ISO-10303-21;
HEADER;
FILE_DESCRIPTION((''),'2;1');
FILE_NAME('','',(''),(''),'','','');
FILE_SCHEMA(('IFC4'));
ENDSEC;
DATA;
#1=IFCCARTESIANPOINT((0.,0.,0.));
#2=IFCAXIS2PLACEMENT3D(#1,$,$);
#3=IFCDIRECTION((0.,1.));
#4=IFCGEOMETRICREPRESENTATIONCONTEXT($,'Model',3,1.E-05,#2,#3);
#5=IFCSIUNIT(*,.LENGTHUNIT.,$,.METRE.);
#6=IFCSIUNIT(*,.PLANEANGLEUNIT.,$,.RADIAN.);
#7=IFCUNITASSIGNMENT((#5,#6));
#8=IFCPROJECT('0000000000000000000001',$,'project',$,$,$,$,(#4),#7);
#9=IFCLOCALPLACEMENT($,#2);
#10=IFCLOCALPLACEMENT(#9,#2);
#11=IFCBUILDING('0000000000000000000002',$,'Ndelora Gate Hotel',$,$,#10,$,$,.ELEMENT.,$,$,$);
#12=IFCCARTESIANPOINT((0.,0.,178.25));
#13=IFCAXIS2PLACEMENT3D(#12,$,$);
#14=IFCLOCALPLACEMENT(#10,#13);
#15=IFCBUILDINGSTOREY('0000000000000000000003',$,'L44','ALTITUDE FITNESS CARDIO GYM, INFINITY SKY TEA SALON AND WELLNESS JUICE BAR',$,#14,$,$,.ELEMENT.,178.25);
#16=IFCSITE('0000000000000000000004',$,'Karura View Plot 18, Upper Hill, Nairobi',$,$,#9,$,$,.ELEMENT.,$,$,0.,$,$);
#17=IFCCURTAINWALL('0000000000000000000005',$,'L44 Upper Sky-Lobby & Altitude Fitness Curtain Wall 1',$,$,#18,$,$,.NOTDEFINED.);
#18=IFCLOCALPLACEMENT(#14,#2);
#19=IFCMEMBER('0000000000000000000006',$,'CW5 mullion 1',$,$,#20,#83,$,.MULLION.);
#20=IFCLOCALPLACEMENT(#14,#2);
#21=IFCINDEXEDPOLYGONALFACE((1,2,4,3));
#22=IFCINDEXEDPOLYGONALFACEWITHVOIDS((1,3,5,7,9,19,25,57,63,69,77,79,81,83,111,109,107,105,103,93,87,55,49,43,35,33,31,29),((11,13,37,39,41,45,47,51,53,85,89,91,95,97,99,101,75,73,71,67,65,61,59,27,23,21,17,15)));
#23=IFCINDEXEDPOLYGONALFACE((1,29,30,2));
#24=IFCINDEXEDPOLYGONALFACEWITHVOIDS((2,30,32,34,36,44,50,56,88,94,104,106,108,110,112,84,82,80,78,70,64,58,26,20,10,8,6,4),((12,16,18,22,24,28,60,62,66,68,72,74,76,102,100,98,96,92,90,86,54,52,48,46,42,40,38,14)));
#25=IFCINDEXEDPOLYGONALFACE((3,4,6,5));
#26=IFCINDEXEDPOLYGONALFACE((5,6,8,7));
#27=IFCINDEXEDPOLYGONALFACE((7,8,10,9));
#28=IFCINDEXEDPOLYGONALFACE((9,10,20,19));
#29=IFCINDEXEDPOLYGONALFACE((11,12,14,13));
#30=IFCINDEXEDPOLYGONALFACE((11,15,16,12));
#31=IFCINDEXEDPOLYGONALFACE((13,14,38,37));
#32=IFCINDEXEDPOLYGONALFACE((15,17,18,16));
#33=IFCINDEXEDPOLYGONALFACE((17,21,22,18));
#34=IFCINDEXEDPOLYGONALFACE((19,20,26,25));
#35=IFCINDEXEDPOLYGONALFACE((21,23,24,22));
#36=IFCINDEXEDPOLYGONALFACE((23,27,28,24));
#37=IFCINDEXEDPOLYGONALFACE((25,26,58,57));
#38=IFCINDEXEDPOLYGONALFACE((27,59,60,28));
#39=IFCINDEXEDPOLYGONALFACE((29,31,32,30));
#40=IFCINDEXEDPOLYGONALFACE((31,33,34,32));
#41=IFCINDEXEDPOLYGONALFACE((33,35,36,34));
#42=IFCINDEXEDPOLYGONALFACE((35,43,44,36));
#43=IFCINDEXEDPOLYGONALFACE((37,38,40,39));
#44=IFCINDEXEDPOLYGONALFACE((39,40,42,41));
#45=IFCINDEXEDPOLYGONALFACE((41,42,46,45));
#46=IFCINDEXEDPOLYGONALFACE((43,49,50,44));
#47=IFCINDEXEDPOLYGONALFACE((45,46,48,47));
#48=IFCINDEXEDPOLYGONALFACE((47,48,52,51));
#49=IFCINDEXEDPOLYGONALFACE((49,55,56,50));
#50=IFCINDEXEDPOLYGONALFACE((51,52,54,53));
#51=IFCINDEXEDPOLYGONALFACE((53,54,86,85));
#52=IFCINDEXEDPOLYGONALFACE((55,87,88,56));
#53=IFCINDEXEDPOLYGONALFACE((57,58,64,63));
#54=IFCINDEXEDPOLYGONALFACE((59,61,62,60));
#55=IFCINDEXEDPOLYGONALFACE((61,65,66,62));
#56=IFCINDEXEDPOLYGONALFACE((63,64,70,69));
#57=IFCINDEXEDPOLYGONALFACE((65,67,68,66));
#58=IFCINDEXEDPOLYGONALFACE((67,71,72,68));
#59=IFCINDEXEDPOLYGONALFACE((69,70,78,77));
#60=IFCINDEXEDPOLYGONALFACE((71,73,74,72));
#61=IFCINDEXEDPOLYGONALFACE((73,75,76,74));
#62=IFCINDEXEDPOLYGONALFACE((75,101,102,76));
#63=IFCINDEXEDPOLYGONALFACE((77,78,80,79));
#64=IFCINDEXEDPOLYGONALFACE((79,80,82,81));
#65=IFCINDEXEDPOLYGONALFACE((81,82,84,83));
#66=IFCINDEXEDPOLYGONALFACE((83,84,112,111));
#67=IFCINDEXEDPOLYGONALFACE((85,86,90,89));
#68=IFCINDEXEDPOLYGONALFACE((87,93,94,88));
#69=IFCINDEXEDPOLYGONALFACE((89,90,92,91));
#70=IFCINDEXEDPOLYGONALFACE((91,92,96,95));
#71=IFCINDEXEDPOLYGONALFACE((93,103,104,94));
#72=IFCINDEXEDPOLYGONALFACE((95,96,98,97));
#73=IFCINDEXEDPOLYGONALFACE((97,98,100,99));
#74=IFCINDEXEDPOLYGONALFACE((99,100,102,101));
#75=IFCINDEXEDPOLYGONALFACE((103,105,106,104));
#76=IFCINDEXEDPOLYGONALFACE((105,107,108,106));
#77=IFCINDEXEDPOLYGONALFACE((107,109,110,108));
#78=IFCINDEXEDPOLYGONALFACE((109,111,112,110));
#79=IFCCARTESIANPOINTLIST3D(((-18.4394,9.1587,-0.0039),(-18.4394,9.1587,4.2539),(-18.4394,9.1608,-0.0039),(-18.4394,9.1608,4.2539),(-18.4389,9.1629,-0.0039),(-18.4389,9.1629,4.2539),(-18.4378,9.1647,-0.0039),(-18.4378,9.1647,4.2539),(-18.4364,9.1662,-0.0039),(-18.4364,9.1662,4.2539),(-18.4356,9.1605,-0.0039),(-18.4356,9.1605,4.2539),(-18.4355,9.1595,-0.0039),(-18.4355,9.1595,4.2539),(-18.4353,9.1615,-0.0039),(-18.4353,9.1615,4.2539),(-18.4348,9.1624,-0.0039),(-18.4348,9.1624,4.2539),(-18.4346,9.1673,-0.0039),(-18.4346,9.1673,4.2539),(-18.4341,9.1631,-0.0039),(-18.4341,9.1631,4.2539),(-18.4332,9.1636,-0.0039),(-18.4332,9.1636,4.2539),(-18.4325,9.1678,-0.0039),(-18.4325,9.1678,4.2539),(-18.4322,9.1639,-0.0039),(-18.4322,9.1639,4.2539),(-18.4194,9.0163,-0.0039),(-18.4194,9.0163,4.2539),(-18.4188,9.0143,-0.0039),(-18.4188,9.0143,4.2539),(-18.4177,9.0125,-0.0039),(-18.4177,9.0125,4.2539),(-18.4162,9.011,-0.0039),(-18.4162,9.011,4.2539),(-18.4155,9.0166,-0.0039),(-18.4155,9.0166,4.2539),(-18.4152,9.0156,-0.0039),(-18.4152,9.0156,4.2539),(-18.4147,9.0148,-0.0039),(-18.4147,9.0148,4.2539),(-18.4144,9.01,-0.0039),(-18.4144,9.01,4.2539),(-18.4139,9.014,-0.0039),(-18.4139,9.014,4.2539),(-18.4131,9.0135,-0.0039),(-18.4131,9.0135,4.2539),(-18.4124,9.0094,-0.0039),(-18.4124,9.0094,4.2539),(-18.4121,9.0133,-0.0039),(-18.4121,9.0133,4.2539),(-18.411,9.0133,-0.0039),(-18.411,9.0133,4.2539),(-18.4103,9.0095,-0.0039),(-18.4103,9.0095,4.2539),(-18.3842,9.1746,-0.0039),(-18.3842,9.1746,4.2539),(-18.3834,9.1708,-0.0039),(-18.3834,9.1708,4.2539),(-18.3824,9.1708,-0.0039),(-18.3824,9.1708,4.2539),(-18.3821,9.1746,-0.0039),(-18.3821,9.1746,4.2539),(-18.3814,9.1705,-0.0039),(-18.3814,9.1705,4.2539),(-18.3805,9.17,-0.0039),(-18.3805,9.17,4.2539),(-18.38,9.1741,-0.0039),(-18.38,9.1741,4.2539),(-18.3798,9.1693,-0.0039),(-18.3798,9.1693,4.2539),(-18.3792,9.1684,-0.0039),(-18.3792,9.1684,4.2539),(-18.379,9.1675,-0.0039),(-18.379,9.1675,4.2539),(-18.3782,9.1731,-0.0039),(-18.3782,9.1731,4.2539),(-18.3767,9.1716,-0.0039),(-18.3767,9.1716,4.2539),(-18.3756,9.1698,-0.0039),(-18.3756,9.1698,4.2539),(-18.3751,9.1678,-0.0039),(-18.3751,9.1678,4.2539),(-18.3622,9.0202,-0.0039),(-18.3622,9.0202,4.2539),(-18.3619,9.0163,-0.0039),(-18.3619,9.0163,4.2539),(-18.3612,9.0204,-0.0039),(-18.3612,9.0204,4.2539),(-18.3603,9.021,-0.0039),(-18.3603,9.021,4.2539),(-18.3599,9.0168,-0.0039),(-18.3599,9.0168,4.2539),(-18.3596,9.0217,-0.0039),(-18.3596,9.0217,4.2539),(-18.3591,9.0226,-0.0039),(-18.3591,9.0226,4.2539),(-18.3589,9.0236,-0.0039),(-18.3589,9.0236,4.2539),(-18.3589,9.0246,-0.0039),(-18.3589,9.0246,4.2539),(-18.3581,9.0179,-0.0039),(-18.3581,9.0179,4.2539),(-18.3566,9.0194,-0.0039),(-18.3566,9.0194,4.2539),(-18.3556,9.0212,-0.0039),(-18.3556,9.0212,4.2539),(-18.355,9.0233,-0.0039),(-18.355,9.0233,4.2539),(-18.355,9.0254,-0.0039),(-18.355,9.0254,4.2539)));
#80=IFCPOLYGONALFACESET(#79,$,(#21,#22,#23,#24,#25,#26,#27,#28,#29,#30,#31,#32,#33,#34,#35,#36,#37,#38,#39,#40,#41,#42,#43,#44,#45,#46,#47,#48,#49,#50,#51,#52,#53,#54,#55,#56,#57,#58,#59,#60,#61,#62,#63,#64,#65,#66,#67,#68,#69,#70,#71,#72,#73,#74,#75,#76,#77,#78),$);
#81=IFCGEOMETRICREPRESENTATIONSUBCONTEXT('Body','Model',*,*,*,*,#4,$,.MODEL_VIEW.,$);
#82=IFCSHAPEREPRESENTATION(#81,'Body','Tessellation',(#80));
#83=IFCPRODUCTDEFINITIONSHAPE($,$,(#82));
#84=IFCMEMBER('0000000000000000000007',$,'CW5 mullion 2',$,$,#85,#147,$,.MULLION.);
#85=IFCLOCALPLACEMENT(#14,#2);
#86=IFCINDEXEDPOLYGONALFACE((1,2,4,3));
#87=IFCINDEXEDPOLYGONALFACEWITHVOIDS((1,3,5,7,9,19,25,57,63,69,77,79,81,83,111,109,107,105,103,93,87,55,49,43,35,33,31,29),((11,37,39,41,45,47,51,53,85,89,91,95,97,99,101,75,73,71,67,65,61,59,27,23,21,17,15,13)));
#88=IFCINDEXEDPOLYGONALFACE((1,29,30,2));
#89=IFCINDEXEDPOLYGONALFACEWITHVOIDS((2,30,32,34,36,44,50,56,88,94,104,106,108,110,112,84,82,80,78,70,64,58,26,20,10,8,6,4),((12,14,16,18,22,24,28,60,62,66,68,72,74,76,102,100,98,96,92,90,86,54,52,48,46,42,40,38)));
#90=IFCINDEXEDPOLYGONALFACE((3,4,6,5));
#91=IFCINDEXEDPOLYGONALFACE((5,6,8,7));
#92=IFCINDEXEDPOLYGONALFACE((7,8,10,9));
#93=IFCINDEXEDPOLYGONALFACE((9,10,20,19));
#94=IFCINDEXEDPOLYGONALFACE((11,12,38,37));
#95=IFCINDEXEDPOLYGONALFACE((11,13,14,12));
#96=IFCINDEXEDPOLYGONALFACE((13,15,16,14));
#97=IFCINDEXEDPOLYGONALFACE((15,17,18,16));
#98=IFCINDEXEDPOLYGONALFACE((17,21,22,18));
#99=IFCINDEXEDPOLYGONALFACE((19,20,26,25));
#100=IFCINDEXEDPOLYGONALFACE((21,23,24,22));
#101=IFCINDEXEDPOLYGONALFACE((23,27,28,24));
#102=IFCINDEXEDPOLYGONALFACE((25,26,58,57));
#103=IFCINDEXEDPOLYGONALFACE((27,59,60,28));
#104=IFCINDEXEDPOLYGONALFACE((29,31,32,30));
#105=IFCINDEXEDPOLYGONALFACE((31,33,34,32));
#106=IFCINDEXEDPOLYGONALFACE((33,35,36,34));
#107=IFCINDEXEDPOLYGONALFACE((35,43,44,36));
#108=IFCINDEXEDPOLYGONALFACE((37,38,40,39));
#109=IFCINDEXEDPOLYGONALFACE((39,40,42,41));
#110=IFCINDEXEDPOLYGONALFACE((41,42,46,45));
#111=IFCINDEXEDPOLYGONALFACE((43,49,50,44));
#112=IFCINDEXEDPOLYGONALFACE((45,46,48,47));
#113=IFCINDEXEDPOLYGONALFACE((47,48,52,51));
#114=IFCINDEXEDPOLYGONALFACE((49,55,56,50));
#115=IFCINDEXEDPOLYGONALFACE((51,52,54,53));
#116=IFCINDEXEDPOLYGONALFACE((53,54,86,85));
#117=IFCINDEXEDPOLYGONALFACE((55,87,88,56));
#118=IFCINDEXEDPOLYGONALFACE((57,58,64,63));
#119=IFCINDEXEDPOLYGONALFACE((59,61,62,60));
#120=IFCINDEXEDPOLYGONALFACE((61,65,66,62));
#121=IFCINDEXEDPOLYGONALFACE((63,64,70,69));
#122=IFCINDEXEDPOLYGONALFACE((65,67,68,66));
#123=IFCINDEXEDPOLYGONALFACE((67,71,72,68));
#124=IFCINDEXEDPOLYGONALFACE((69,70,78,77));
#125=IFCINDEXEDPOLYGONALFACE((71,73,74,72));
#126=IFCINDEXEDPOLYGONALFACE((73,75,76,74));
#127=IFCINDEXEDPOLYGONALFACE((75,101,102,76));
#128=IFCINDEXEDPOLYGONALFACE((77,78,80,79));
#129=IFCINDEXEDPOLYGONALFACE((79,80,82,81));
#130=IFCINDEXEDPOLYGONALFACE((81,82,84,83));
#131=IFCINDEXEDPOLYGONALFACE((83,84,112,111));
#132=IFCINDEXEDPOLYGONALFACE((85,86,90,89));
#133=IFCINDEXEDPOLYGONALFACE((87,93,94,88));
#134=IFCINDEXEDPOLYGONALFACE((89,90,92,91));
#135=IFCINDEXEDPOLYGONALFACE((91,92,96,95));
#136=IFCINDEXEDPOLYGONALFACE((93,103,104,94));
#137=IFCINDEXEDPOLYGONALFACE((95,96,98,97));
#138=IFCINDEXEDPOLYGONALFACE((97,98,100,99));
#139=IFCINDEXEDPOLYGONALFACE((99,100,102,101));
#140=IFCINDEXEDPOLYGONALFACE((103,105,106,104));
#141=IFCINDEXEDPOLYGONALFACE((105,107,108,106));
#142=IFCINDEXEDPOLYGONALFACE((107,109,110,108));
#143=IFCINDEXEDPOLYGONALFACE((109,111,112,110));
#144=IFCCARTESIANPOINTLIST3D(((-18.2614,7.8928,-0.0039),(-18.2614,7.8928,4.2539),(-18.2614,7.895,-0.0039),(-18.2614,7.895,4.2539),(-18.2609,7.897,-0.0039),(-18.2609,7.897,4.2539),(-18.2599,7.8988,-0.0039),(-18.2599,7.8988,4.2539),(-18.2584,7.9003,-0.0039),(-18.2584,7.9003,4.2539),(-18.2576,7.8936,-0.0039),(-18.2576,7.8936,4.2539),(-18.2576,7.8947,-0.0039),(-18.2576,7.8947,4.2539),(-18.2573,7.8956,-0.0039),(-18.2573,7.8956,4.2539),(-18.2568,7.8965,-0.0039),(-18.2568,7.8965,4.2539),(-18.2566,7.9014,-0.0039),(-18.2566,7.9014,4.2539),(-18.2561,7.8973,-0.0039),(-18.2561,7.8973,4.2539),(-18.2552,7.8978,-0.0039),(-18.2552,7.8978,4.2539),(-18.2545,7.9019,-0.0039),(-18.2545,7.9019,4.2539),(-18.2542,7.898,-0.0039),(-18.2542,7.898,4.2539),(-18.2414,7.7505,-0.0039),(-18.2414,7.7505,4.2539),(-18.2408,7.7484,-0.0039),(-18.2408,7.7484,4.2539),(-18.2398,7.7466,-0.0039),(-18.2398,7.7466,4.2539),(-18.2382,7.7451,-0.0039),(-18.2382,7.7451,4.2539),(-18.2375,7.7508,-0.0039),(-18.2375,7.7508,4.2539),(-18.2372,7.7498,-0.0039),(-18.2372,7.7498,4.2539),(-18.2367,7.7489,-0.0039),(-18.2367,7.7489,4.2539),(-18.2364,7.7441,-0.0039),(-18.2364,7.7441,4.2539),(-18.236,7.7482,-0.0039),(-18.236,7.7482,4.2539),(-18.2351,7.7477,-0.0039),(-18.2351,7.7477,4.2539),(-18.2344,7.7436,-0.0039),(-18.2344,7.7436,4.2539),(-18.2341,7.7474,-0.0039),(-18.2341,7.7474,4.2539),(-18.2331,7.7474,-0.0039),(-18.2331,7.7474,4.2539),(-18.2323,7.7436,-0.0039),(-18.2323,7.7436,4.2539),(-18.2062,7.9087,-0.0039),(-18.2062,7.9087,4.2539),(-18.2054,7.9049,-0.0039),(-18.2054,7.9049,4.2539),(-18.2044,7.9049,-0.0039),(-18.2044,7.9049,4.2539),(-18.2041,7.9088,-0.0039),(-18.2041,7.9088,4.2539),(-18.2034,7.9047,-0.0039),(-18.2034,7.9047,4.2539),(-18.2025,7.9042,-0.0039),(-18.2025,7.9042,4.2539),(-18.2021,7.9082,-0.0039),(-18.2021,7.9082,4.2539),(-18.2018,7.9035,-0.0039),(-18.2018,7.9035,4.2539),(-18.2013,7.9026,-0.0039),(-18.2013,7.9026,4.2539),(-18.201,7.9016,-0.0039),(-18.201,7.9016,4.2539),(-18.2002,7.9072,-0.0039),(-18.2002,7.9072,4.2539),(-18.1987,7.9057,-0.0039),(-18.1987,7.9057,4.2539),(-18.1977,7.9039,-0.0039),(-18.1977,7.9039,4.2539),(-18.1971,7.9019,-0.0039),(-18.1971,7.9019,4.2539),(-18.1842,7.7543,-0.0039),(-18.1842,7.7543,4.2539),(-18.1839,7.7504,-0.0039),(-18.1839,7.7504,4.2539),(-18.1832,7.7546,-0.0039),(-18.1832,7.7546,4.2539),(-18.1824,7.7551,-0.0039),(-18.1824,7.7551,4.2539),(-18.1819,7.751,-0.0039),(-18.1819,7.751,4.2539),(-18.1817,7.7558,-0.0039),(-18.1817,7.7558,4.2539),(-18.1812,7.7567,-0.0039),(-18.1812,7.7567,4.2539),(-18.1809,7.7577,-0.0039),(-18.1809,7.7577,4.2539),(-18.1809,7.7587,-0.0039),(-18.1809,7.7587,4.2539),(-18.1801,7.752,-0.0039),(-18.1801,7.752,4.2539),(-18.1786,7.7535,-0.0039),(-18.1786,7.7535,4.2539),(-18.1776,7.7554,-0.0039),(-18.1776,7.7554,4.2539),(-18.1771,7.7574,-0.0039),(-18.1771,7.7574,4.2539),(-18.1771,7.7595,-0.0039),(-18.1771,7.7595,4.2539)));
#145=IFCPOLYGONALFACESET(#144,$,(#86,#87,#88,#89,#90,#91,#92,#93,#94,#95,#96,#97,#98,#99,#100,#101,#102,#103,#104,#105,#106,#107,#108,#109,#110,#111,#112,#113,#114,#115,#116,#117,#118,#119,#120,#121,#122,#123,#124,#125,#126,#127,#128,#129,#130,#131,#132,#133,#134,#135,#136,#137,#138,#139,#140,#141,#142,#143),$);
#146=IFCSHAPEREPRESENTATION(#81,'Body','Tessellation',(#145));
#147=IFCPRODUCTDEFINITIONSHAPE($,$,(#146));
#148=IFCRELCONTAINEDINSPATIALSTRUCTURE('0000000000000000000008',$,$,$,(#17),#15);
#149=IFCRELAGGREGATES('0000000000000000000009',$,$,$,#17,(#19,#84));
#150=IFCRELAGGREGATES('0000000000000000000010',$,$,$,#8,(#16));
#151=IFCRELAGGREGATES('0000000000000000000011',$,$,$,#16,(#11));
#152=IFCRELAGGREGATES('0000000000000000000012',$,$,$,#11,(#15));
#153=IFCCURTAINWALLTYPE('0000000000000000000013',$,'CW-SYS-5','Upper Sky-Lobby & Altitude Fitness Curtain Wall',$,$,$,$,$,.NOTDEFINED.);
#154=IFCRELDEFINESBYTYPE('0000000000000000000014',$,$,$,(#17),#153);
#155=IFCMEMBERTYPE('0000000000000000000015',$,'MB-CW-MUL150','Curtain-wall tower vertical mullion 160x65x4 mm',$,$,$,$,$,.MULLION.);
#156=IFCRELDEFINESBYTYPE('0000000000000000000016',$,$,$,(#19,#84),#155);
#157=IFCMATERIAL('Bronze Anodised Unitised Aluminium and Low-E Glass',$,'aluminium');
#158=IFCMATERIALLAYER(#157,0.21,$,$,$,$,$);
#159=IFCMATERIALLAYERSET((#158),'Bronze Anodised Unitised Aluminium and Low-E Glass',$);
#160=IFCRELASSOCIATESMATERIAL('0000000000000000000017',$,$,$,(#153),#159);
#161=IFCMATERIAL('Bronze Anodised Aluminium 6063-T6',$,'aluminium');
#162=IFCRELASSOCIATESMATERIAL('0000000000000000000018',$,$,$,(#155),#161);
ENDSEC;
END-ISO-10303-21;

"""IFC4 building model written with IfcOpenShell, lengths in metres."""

from ifc_helpers import new_model, si_unit, direction, frame, origin, origin_2d, place, context, subcontext, project, spatial, hollow_rectangle, extrude, material, layer, layer_set, material_profile, profile_set, type_object, element, aggregate, save


model = new_model("IFC4")

# Units and contexts
model_context = context("Model", 3, precision=1e-05, world=origin(), true_north=direction((0.0, 1.0)))
body_context = subcontext(model_context, "Body", "Model", "MODEL_VIEW")
ifc_project = project(units=[si_unit("LENGTHUNIT", "METRE"), si_unit("PLANEANGLEUNIT", "RADIAN")], contexts=[model_context])

# Site, building, storey
site_placement = place(None, origin())
site = spatial("IfcSite", under=ifc_project, at=site_placement, Name="Karura View Plot 18, Upper Hill, Nairobi", CompositionType="ELEMENT", RefElevation=0.0)
building_placement = place(site_placement, origin())
building = spatial("IfcBuilding", under=site, at=building_placement, Name="Ndelora Gate Hotel", CompositionType="ELEMENT")
storey_placement = place(building_placement, frame((0.0, 0.0, 178.25)))
storey = spatial("IfcBuildingStorey", under=building, at=storey_placement, Name="L44", Description="ALTITUDE FITNESS CARDIO GYM, INFINITY SKY TEA SALON AND WELLNESS JUICE BAR", CompositionType="ELEMENT", Elevation=178.25)

# Curtain wall, members
ifc_material_1 = material(Name="Bronze Anodised Unitised Aluminium and Low-E Glass", Category="aluminium")
ifc_layer_1 = layer(ifc_material_1, 0.21)
ifc_layer_set_1 = layer_set([ifc_layer_1], Name="Bronze Anodised Unitised Aluminium and Low-E Glass")
curtain_wall_type = type_object("IfcCurtainWallType", Name="CW-SYS-5", Description="Upper Sky-Lobby & Altitude Fitness Curtain Wall", PredefinedType="NOTDEFINED", material=ifc_layer_set_1)
curtain_wall_1_placement = place(storey_placement, origin())
curtain_wall_1 = element("IfcCurtainWall", 1, at=curtain_wall_1_placement, inside=storey, type_object=curtain_wall_type, Name="L44 Upper Sky-Lobby & Altitude Fitness Curtain Wall 1", PredefinedType="NOTDEFINED")
ifc_material_2 = material(Name="Bronze Anodised Aluminium 6063-T6", Category="aluminium")
ifc_material_profile_1 = material_profile(ifc_material_2, hollow_rectangle(XDim=0.0649, YDim=0.1599, WallThickness=0.0039, InnerFilletRadius=0.0039, OuterFilletRadius=0.0081, at=origin_2d()), Name="ALU 160x65x4")
ifc_profile_set_1 = profile_set([ifc_material_profile_1], Name="Bronze Anodised Aluminium 6063-T6")
member_type_1 = type_object("IfcMemberType", Name="MB-CW-MUL150", Description="Curtain-wall tower vertical mullion 160x65x4 mm", PredefinedType="MULLION", material=ifc_profile_set_1)
member_1_placement = place(storey_placement, frame((-18.3972, 9.092, -0.0039), z_axis=(0.0, 0.0, 1.0), x_axis=(0.990256, 0.139258, 0.0)))
member_1 = element("IfcMember", 2, at=member_1_placement, type_object=member_type_1, Name="CW5 mullion 1", PredefinedType="MULLION", context=body_context, shape_type="SweptSolid", body=[
    extrude(hollow_rectangle(XDim=0.0649, YDim=0.1599, WallThickness=0.0039, InnerFilletRadius=0.0039, OuterFilletRadius=0.0081, at=origin_2d()), origin(), (0.0, 0.0, 1.0), 4.2578),
])
member_2_placement = place(storey_placement, frame((-18.2192, 7.8262, -0.0039), z_axis=(0.0, 0.0, 1.0), x_axis=(0.990256, 0.139258, 0.0)))
member_2 = element("IfcMember", 3, at=member_2_placement, type_object=member_type_1, Name="CW5 mullion 2", PredefinedType="MULLION", context=body_context, shape_type="SweptSolid", body=[
    extrude(hollow_rectangle(XDim=0.0649, YDim=0.1599, WallThickness=0.0039, InnerFilletRadius=0.0039, OuterFilletRadius=0.0081, at=origin_2d()), origin(), (0.0, 0.0, 1.0), 4.2578),
])

aggregate(curtain_wall_1, [member_1, member_2])

save(model, "model.ifc")
